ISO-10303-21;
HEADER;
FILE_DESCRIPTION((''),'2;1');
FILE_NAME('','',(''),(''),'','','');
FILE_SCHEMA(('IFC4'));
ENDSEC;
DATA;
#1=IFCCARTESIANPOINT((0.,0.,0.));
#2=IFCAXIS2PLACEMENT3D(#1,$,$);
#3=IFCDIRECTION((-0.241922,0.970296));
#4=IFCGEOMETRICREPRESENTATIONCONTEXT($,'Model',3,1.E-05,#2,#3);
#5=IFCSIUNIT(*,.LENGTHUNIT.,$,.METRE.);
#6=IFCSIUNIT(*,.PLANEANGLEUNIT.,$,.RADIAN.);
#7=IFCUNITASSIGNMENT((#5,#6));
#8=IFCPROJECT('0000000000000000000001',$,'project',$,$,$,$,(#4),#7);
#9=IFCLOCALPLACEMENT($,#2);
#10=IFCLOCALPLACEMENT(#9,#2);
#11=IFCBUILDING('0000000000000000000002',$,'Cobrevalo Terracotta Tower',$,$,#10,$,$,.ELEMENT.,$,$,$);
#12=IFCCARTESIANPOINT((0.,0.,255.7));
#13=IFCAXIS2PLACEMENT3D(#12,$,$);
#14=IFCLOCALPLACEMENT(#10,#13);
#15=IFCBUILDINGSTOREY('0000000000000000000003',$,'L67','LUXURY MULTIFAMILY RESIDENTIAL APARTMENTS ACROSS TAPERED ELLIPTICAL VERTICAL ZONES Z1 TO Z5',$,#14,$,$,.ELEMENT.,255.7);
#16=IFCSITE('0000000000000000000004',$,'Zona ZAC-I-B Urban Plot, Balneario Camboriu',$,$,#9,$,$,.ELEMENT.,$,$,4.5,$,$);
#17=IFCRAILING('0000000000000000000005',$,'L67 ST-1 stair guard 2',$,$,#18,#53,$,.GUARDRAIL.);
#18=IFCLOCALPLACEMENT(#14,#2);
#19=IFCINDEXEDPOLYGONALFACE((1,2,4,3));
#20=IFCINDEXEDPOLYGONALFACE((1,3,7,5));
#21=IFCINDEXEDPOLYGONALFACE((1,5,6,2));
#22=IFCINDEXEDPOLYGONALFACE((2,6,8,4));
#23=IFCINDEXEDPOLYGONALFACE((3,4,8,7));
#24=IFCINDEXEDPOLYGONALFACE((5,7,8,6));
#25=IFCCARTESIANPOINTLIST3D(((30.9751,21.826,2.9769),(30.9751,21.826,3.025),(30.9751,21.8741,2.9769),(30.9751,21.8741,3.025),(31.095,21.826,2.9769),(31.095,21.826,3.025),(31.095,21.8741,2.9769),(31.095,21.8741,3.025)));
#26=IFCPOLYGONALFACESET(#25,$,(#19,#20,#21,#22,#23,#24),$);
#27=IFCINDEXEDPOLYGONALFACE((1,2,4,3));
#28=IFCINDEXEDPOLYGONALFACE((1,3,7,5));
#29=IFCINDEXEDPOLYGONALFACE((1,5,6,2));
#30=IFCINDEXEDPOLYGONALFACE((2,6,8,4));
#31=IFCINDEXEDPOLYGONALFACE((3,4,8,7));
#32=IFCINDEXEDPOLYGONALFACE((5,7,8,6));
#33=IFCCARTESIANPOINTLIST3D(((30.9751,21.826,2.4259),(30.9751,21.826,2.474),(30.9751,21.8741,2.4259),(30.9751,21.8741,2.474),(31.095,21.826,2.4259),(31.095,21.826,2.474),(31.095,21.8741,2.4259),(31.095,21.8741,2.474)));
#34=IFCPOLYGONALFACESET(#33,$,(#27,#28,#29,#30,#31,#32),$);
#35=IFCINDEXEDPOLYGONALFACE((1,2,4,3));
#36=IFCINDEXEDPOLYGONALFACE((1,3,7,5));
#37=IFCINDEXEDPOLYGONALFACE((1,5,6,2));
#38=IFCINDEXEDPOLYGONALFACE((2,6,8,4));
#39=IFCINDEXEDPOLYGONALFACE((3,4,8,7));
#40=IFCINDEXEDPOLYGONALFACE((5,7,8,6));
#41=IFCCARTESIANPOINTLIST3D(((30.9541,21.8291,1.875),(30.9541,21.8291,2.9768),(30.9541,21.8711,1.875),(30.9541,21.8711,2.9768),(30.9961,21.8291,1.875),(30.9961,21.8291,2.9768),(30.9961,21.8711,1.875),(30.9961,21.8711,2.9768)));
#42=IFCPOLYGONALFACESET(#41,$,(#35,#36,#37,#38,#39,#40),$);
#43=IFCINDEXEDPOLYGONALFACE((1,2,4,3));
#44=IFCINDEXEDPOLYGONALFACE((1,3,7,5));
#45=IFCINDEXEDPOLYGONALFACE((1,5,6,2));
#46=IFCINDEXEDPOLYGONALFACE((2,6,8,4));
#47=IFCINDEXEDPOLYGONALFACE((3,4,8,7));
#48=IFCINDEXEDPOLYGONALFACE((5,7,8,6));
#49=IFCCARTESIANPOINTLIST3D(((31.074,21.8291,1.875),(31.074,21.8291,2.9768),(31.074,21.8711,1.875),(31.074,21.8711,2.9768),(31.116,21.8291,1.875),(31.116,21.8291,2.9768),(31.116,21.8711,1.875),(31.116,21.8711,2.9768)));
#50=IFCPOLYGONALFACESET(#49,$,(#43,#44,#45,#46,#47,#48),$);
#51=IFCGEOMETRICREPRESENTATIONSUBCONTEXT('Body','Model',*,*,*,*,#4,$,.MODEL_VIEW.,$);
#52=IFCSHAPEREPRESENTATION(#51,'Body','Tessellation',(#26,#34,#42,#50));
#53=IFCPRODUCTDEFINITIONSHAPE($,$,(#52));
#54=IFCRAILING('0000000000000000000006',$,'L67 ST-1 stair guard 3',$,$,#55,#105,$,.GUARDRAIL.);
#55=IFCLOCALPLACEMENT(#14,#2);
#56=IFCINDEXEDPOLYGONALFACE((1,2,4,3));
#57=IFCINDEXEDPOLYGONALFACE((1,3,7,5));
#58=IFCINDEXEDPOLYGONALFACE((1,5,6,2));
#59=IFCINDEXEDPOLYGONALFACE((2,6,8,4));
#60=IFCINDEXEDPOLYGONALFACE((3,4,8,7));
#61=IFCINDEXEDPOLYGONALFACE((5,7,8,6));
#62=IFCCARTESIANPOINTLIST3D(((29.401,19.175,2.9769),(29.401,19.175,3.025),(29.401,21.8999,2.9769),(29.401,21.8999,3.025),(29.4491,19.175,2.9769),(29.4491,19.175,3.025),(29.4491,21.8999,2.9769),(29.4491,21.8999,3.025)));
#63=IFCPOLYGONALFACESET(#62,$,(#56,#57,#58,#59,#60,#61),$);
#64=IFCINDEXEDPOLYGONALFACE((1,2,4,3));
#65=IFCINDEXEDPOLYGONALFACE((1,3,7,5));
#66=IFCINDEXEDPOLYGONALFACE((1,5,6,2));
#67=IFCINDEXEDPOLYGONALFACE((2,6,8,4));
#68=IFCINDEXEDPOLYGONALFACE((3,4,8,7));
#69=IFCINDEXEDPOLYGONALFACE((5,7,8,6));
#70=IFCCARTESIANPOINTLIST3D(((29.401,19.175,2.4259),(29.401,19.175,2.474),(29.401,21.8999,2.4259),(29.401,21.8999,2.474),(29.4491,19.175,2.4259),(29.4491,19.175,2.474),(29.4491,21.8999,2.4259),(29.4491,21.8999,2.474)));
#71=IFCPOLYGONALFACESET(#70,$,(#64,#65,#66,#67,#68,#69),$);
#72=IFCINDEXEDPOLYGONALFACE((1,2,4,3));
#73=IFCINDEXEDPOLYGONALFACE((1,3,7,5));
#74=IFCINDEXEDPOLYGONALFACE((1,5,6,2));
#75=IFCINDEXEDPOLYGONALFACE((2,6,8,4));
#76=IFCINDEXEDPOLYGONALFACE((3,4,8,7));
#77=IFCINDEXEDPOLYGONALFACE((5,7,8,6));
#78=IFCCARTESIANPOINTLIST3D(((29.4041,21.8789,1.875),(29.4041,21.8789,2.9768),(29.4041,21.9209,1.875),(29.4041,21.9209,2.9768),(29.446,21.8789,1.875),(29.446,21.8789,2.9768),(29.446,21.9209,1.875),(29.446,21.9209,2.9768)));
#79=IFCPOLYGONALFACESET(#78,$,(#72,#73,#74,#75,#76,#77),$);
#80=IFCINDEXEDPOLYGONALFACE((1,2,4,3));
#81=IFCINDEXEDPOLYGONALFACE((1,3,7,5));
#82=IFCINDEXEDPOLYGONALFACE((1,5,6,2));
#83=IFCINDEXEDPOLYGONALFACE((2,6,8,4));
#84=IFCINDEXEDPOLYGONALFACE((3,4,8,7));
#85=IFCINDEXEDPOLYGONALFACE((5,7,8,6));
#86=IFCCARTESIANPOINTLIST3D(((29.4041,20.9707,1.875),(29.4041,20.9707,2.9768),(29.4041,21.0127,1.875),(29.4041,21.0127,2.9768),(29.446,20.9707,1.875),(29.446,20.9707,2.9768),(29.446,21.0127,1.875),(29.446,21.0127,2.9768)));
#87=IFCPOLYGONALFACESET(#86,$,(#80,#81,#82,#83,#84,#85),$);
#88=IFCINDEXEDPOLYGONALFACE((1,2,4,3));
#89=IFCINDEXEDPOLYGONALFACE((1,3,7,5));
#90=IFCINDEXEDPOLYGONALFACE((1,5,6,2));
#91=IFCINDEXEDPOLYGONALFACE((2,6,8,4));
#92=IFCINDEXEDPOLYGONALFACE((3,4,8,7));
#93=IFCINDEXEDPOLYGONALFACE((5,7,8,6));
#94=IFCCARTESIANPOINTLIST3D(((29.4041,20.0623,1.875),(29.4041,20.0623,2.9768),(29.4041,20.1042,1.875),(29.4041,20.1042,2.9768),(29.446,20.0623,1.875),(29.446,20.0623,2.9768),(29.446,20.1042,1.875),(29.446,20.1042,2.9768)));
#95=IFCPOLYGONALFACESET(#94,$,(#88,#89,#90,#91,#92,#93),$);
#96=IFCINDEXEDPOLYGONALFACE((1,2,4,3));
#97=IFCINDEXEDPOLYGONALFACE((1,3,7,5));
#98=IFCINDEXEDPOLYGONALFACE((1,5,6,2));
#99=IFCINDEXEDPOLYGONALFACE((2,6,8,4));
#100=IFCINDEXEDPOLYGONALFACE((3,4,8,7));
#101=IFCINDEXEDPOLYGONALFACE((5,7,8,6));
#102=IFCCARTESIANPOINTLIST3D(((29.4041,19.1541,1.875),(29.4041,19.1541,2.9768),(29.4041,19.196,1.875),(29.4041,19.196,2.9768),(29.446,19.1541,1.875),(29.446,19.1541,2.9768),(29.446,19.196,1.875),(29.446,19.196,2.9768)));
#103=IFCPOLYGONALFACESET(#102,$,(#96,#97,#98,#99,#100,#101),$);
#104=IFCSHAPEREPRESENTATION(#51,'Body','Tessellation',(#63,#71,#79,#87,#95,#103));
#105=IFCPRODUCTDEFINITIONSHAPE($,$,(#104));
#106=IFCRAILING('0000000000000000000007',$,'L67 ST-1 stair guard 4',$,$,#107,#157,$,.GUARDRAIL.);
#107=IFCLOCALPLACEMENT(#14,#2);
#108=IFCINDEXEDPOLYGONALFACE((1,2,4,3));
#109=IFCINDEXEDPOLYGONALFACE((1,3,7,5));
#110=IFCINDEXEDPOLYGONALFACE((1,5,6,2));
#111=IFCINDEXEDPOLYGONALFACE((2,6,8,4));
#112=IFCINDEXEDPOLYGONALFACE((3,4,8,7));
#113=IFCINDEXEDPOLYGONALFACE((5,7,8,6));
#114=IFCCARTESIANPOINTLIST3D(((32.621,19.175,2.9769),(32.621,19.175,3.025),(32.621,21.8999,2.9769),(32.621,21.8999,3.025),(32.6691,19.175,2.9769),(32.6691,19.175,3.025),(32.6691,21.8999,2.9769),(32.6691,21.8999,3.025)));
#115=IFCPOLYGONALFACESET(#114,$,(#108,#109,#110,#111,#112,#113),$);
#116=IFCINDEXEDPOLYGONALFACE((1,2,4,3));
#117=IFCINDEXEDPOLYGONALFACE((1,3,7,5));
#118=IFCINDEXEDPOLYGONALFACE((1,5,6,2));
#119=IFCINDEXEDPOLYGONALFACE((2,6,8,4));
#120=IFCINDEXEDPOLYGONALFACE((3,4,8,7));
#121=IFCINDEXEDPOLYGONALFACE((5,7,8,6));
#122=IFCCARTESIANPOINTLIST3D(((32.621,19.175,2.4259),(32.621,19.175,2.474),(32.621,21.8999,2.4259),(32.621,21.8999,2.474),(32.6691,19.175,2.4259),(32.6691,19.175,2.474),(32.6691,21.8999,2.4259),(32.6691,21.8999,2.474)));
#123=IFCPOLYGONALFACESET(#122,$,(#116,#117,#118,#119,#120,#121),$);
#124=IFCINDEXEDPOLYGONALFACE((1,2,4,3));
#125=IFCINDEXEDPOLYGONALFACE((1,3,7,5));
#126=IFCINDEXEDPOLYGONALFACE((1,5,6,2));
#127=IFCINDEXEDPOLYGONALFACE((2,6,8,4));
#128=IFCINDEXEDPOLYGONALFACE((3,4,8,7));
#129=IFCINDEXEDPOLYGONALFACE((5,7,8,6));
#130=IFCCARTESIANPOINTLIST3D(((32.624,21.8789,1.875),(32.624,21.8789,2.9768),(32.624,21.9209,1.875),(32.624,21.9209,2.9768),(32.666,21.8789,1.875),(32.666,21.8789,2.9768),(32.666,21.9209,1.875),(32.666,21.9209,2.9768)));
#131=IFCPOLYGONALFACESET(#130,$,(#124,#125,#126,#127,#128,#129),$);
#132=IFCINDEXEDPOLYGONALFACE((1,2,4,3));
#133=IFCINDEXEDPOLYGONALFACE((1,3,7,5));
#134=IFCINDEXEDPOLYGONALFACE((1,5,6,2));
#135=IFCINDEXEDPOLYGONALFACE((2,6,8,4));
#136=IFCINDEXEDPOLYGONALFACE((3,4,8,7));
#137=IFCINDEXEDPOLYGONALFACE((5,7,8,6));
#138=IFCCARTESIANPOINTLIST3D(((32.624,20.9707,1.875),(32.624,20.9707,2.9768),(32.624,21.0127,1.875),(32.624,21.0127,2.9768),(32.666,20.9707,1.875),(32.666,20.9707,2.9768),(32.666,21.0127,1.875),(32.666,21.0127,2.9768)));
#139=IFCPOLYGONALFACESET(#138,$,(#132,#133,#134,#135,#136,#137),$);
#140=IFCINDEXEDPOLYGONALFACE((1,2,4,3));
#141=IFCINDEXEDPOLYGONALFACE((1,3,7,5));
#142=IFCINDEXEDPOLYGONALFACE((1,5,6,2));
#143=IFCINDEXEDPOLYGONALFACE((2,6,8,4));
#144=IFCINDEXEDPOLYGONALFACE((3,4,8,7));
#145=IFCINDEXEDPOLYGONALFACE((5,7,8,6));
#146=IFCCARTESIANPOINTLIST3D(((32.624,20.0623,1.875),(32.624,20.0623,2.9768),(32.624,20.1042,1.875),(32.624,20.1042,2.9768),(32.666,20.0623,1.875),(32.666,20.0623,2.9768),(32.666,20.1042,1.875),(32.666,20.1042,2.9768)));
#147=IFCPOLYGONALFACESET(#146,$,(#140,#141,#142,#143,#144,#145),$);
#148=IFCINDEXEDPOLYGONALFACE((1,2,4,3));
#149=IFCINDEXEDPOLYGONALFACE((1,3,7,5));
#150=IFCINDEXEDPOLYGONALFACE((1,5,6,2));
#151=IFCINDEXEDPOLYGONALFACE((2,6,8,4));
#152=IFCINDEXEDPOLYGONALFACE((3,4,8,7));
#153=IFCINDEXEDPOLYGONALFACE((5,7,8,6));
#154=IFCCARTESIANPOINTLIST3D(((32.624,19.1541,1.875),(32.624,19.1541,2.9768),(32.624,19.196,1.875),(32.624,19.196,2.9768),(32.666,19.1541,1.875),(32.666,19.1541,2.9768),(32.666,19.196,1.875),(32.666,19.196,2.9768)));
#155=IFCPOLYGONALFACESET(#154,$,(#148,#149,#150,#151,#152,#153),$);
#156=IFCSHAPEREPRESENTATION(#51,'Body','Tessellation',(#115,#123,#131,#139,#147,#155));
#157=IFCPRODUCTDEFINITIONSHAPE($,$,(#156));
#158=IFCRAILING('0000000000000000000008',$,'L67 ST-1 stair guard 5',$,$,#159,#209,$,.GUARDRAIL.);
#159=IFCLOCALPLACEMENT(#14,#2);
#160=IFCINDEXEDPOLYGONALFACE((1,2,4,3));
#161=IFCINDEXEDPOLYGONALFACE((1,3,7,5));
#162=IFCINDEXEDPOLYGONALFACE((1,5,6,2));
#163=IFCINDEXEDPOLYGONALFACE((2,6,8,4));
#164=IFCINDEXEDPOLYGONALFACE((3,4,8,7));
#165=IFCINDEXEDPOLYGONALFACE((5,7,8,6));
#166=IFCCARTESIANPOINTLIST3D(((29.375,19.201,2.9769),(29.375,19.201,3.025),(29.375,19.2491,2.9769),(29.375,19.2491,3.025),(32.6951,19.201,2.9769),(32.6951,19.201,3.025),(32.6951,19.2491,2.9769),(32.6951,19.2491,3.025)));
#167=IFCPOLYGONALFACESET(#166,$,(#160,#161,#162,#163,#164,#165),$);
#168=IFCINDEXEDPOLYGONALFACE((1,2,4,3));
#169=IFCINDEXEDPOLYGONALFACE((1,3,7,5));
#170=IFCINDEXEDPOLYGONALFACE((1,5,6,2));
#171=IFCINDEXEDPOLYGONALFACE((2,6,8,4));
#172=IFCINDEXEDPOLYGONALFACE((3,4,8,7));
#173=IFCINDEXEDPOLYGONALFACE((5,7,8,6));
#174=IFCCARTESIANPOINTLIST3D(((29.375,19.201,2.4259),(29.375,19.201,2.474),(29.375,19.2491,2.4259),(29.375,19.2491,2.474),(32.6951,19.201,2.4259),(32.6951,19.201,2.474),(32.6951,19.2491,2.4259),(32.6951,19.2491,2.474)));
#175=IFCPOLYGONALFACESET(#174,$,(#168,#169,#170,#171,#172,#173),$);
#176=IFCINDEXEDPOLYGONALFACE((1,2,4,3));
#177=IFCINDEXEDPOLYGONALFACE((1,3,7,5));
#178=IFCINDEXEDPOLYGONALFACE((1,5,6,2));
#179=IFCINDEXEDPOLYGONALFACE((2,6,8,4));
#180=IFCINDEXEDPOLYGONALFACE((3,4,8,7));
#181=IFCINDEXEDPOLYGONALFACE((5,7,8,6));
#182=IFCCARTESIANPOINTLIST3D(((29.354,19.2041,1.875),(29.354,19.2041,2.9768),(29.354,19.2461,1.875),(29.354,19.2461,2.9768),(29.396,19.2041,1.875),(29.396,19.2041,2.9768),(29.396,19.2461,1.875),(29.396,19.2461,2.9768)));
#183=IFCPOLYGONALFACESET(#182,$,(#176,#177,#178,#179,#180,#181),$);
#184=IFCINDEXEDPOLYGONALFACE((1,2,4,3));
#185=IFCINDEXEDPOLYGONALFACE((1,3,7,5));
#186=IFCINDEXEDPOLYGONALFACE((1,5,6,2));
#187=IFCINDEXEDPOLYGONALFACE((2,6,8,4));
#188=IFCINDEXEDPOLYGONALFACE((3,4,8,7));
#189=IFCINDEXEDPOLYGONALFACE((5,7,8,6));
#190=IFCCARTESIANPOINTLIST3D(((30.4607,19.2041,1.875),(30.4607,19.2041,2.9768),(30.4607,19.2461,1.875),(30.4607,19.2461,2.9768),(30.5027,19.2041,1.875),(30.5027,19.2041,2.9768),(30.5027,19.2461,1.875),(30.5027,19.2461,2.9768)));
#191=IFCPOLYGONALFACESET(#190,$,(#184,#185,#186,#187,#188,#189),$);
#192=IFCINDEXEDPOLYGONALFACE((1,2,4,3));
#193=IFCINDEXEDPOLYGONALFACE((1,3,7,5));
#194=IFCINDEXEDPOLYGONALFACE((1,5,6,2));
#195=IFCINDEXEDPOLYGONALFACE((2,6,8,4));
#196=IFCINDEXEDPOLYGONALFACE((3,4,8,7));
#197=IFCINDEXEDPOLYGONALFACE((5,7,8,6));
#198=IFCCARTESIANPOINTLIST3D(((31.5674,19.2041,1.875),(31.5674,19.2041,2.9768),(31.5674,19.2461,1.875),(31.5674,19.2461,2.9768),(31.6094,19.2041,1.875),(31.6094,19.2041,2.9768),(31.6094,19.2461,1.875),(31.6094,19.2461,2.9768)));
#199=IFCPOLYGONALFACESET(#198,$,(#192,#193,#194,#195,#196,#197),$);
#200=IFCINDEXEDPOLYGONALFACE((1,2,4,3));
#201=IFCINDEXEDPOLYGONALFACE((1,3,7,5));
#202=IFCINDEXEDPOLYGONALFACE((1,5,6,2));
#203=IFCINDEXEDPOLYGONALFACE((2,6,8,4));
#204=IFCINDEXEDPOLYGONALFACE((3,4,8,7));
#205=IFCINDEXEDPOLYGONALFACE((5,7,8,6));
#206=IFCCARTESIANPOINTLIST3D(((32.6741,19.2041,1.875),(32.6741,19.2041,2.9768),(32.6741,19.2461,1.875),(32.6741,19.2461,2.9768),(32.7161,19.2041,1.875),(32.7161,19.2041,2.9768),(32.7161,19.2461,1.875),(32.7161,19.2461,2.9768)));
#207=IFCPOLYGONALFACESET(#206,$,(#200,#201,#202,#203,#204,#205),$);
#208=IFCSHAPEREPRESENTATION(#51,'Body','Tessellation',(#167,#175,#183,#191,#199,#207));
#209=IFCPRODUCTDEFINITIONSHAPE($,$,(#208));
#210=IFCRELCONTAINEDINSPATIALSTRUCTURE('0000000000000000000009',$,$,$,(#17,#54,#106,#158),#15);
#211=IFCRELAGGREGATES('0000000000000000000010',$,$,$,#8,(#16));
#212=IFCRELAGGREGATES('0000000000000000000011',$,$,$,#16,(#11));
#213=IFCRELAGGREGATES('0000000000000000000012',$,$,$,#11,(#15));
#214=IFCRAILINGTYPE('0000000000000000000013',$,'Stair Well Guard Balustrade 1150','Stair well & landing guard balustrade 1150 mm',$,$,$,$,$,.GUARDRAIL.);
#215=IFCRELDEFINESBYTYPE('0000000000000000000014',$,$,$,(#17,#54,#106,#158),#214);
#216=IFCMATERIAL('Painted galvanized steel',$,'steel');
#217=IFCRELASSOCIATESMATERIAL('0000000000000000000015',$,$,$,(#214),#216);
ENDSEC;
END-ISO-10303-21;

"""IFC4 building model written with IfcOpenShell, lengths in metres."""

from ifc_helpers import new_model, si_unit, direction, frame, origin, origin_2d, place, context, subcontext, project, spatial, rectangle, extrude, material, type_object, element, save


model = new_model("IFC4")

# Units and contexts
model_context = context("Model", 3, precision=1e-05, world=origin(), true_north=direction((-0.241922, 0.970296)))
body_context = subcontext(model_context, "Body", "Model", "MODEL_VIEW")
ifc_project = project(units=[si_unit("LENGTHUNIT", "METRE"), si_unit("PLANEANGLEUNIT", "RADIAN")], contexts=[model_context])

# Site, building, storey
site_placement = place(None, origin())
site = spatial("IfcSite", under=ifc_project, at=site_placement, Name="Zona ZAC-I-B Urban Plot, Balneario Camboriu", CompositionType="ELEMENT", RefElevation=4.5)
building_placement = place(site_placement, origin())
building = spatial("IfcBuilding", under=site, at=building_placement, Name="Cobrevalo Terracotta Tower", CompositionType="ELEMENT")
storey_placement = place(building_placement, frame((0.0, 0.0, 255.7)))
storey = spatial("IfcBuildingStorey", under=building, at=storey_placement, Name="L67", Description="LUXURY MULTIFAMILY RESIDENTIAL APARTMENTS ACROSS TAPERED ELLIPTICAL VERTICAL ZONES Z1 TO Z5", CompositionType="ELEMENT", Elevation=255.7)

# Railings
ifc_material_1 = material(Name="Painted galvanized steel", Category="steel")
railing_type_1 = type_object("IfcRailingType", Name="Stair Well Guard Balustrade 1150", Description="Stair well & landing guard balustrade 1150 mm", PredefinedType="GUARDRAIL", material=ifc_material_1)
railing_1_placement = place(storey_placement, frame((30.9751, 21.8501, 1.875)))
element("IfcRailing", 1, at=railing_1_placement, inside=storey, type_object=railing_type_1, Name="L67 ST-1 stair guard 2", PredefinedType="GUARDRAIL", context=body_context, shape_type="SweptSolid", body=[
    extrude(rectangle(XDim=0.0481, YDim=0.0481, at=origin_2d()), frame((0.0, 0.0, 1.126), z_axis=(1.0, 0.0, 0.0), x_axis=(0.0, 1.0, 0.0)), (0.0, 0.0, 1.0), 0.1199),
    extrude(rectangle(XDim=0.0481, YDim=0.0481, at=origin_2d()), frame((0.0, 0.0, 0.575), z_axis=(1.0, 0.0, 0.0), x_axis=(0.0, 1.0, 0.0)), (0.0, 0.0, 1.0), 0.1199),
    extrude(rectangle(XDim=0.042, YDim=0.042, at=origin_2d()), origin(), (0.0, 0.0, 1.0), 1.1018),
    extrude(rectangle(XDim=0.042, YDim=0.042, at=origin_2d()), frame((0.1199, 0.0, 0.0)), (0.0, 0.0, 1.0), 1.1018),
])
for number, where, name in (
    (2, (29.425, 21.8999, 1.875), "L67 ST-1 stair guard 3"),
    (3, (32.645, 21.8999, 1.875), "L67 ST-1 stair guard 4"),
):
    element("IfcRailing", number, at=place(storey_placement, frame(where)), inside=storey, type_object=railing_type_1, Name=name, PredefinedType="GUARDRAIL", context=body_context, shape_type="SweptSolid", body=[
        extrude(rectangle(XDim=0.0481, YDim=0.0481, at=origin_2d()), frame((0.0, 0.0, 1.126), z_axis=(0.0, -1.0, 0.0), x_axis=(1.0, 0.0, 0.0)), (0.0, 0.0, 1.0), 2.7249),
        extrude(rectangle(XDim=0.0481, YDim=0.0481, at=origin_2d()), frame((0.0, 0.0, 0.575), z_axis=(0.0, -1.0, 0.0), x_axis=(1.0, 0.0, 0.0)), (0.0, 0.0, 1.0), 2.7249),
        extrude(rectangle(XDim=0.042, YDim=0.042, at=origin_2d()), origin(), (0.0, 0.0, 1.0), 1.1018),
        extrude(rectangle(XDim=0.042, YDim=0.042, at=origin_2d()), frame((0.0, -0.9082, 0.0)), (0.0, 0.0, 1.0), 1.1018),
        extrude(rectangle(XDim=0.042, YDim=0.042, at=origin_2d()), frame((0.0, -1.8167, 0.0)), (0.0, 0.0, 1.0), 1.1018),
        extrude(rectangle(XDim=0.042, YDim=0.042, at=origin_2d()), frame((0.0, -2.7249, 0.0)), (0.0, 0.0, 1.0), 1.1018),
    ])
railing_2_placement = place(storey_placement, frame((29.375, 19.2251, 1.875)))
element("IfcRailing", 4, at=railing_2_placement, inside=storey, type_object=railing_type_1, Name="L67 ST-1 stair guard 5", PredefinedType="GUARDRAIL", context=body_context, shape_type="SweptSolid", body=[
    extrude(rectangle(XDim=0.0481, YDim=0.0481, at=origin_2d()), frame((0.0, 0.0, 1.126), z_axis=(1.0, 0.0, 0.0), x_axis=(0.0, 1.0, 0.0)), (0.0, 0.0, 1.0), 3.3201),
    extrude(rectangle(XDim=0.0481, YDim=0.0481, at=origin_2d()), frame((0.0, 0.0, 0.575), z_axis=(1.0, 0.0, 0.0), x_axis=(0.0, 1.0, 0.0)), (0.0, 0.0, 1.0), 3.3201),
    extrude(rectangle(XDim=0.042, YDim=0.042, at=origin_2d()), origin(), (0.0, 0.0, 1.0), 1.1018),
    extrude(rectangle(XDim=0.042, YDim=0.042, at=origin_2d()), frame((1.1067, 0.0, 0.0)), (0.0, 0.0, 1.0), 1.1018),
    extrude(rectangle(XDim=0.042, YDim=0.042, at=origin_2d()), frame((2.2134, 0.0, 0.0)), (0.0, 0.0, 1.0), 1.1018),
    extrude(rectangle(XDim=0.042, YDim=0.042, at=origin_2d()), frame((3.3201, 0.0, 0.0)), (0.0, 0.0, 1.0), 1.1018),
])

save(model, "model.ifc")
